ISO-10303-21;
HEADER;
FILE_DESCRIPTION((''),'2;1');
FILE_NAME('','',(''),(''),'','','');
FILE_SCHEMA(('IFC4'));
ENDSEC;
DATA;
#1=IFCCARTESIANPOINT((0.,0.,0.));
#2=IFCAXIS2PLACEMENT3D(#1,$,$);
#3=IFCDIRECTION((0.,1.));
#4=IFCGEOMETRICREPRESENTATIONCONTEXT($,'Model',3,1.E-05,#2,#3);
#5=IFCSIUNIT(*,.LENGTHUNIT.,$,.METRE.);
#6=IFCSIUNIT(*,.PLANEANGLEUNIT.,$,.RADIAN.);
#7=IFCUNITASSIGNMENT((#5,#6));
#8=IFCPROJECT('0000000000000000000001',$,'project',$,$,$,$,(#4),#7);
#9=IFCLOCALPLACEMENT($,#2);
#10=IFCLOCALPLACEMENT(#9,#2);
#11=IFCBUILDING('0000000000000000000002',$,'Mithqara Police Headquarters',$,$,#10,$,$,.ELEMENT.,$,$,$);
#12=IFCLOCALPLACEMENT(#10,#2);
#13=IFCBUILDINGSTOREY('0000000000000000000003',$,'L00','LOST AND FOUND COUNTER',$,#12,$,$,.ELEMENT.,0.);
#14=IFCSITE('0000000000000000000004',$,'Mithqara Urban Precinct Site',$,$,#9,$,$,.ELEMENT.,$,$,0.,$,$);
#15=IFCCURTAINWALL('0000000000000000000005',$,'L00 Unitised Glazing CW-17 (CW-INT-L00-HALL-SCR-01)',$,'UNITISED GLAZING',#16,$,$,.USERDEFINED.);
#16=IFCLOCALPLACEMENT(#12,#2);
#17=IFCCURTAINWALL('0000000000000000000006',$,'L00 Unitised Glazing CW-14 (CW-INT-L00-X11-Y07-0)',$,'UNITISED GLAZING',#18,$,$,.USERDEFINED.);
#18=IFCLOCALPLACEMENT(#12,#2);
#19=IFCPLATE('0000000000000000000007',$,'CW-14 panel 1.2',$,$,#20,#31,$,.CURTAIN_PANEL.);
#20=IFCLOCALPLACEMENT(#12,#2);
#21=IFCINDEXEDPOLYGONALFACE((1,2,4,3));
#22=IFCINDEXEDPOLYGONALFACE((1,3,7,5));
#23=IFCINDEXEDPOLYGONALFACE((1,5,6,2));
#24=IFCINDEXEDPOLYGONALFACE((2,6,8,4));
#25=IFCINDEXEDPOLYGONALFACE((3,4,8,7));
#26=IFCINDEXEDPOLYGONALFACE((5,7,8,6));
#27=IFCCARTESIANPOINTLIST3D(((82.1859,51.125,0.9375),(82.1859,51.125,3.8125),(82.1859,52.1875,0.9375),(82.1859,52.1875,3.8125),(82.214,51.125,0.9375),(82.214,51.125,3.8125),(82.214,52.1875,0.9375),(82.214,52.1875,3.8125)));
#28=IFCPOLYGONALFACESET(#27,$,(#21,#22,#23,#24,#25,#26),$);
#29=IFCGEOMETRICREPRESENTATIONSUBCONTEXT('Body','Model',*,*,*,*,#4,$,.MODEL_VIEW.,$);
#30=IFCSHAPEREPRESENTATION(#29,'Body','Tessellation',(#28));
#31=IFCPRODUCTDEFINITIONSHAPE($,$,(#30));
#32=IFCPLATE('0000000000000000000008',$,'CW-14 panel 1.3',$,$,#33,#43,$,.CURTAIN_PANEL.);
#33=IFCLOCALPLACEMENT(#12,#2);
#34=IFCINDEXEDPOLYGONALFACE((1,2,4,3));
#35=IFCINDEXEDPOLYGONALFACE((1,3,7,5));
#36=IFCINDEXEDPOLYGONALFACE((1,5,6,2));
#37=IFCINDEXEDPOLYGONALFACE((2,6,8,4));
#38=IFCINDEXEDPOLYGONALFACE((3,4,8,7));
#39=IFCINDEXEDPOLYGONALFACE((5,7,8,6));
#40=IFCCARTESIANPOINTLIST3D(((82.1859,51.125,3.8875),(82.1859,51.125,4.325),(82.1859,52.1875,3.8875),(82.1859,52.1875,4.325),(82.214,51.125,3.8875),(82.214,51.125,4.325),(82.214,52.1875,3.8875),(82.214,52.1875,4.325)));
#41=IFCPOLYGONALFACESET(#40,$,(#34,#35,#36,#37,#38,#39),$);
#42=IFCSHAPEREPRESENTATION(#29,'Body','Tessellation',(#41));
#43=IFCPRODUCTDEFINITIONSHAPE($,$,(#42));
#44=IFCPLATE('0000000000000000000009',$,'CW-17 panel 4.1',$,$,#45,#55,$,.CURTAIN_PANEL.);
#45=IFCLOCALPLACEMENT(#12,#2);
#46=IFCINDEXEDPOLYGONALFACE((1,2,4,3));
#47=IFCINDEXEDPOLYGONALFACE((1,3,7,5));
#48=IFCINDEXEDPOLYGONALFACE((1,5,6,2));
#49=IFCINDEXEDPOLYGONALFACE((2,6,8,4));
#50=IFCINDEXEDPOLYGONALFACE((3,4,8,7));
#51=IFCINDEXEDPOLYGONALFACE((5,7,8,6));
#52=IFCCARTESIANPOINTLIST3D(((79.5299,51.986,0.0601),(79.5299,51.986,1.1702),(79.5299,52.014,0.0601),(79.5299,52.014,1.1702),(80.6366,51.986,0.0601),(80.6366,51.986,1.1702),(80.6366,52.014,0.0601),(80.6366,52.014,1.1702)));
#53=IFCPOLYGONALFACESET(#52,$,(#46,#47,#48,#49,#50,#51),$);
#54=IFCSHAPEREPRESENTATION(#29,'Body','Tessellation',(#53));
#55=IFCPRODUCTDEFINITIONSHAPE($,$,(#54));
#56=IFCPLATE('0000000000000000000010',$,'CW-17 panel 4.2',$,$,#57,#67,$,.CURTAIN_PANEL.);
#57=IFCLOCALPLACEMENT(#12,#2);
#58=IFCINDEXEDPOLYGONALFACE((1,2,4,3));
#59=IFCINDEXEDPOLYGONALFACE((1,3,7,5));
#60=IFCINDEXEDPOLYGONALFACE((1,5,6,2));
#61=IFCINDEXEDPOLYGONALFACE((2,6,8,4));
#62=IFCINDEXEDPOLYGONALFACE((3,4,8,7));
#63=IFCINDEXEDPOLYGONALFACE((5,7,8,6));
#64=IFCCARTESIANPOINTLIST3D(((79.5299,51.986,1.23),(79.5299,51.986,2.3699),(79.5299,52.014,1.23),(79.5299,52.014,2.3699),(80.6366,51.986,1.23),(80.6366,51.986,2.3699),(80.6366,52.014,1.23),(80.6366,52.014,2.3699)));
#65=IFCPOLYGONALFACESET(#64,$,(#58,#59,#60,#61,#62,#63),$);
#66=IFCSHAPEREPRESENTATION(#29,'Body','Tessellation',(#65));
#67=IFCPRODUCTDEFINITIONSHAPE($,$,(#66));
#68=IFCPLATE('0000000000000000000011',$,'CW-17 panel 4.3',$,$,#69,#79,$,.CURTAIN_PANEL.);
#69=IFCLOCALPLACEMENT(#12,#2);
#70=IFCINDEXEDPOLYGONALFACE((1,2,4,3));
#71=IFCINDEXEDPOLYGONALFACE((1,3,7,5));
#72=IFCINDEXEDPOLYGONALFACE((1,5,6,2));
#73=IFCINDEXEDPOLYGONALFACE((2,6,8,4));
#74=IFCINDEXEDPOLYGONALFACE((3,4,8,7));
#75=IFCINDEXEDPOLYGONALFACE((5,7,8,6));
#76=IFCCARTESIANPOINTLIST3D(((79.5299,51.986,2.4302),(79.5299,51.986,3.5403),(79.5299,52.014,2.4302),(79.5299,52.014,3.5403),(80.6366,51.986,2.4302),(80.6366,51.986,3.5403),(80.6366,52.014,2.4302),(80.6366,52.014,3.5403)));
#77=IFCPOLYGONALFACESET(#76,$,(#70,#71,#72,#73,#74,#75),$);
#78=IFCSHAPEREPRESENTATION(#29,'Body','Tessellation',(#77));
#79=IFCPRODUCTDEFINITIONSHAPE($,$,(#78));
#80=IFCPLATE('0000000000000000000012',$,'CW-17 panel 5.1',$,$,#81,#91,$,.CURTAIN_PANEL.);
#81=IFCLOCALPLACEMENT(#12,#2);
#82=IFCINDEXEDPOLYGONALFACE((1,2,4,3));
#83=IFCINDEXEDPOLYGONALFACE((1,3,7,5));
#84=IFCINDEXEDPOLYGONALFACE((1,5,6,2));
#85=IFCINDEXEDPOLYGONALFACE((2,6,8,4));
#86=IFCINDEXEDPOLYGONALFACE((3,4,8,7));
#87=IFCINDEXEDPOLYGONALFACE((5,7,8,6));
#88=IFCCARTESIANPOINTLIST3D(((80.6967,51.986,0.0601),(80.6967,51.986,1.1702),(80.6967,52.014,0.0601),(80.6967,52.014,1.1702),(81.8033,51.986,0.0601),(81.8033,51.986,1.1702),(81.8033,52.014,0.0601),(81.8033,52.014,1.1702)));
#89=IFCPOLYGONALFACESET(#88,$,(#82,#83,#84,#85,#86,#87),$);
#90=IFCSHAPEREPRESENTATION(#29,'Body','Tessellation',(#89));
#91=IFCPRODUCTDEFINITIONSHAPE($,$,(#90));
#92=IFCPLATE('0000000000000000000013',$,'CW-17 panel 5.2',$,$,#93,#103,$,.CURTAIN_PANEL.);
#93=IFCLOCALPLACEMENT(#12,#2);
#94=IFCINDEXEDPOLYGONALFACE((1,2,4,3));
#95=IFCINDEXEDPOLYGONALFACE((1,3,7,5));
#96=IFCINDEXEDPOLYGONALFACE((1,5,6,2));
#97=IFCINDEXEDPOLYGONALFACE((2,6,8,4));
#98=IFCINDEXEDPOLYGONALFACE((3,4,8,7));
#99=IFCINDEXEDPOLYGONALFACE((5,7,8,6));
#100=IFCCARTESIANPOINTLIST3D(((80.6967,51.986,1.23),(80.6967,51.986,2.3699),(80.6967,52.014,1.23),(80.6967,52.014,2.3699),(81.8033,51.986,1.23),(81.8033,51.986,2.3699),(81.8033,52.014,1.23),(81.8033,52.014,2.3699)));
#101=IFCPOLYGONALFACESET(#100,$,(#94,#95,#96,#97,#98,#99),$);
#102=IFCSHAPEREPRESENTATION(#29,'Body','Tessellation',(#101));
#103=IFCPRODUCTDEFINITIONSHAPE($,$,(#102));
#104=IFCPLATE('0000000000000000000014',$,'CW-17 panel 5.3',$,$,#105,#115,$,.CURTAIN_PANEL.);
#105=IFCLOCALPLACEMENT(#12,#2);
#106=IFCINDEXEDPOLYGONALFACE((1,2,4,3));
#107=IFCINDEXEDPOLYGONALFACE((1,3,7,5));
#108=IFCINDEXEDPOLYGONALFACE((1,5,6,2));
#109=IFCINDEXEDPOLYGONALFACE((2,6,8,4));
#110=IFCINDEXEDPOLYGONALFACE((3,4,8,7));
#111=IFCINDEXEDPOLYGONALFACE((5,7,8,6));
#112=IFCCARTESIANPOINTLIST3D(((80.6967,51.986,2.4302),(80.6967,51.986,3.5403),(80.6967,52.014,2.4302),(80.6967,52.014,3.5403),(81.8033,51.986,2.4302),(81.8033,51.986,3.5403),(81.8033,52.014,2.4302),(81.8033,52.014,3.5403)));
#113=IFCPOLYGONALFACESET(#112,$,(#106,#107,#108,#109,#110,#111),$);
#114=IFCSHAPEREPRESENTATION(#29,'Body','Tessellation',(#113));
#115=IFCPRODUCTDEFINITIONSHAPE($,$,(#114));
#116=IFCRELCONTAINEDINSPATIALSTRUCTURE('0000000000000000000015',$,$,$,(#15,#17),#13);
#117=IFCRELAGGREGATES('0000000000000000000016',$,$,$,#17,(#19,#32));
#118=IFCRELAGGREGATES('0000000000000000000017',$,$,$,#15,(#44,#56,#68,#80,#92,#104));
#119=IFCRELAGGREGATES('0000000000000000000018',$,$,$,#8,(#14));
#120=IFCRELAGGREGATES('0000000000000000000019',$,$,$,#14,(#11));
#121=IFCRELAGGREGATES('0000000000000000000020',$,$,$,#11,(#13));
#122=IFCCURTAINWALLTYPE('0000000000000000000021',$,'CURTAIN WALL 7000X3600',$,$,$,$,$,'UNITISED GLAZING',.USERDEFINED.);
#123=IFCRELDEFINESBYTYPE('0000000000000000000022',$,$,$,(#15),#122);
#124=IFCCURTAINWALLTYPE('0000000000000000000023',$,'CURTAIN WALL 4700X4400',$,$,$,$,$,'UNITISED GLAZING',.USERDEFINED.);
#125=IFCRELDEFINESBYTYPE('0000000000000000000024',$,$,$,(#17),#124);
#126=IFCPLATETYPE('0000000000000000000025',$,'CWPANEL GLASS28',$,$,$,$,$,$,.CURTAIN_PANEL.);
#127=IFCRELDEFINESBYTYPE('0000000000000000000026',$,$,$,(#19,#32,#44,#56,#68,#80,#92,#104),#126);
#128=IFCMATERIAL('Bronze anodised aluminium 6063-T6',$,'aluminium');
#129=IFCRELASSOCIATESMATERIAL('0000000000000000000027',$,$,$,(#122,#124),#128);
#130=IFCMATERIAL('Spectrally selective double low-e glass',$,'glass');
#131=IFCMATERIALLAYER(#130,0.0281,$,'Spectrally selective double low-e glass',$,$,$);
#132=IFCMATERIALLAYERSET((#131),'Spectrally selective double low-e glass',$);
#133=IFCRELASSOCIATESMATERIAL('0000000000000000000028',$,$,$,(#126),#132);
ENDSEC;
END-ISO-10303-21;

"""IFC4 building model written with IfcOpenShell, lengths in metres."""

from ifc_helpers import new_model, si_unit, direction, frame, origin, origin_2d, place, context, subcontext, project, spatial, rectangle, extrude, material, layer, layer_set, type_object, element, aggregate, save


model = new_model("IFC4")

# Units and contexts
model_context = context("Model", 3, precision=1e-05, world=origin(), true_north=direction((0.0, 1.0)))
body_context = subcontext(model_context, "Body", "Model", "MODEL_VIEW")
ifc_project = project(units=[si_unit("LENGTHUNIT", "METRE"), si_unit("PLANEANGLEUNIT", "RADIAN")], contexts=[model_context])

# Site, building, storey
site_placement = place(None, origin())
site = spatial("IfcSite", under=ifc_project, at=site_placement, Name="Mithqara Urban Precinct Site", CompositionType="ELEMENT", RefElevation=0.0)
building_placement = place(site_placement, origin())
building = spatial("IfcBuilding", under=site, at=building_placement, Name="Mithqara Police Headquarters", CompositionType="ELEMENT")
storey_placement = place(building_placement, origin())
storey = spatial("IfcBuildingStorey", under=building, at=storey_placement, Name="L00", Description="LOST AND FOUND COUNTER", CompositionType="ELEMENT", Elevation=0.0)

# Curtain wall
ifc_material_1 = material(Name="Bronze anodised aluminium 6063-T6", Category="aluminium")
curtain_wall_type_1 = type_object("IfcCurtainWallType", Name="CURTAIN WALL 7000X3600", ElementType="UNITISED GLAZING", PredefinedType="USERDEFINED", material=ifc_material_1)
curtain_wall_1_placement = place(storey_placement, origin())
curtain_wall_1 = element("IfcCurtainWall", 1, at=curtain_wall_1_placement, inside=storey, type_object=curtain_wall_type_1, Name="L00 Unitised Glazing CW-17 (CW-INT-L00-HALL-SCR-01)", ObjectType="UNITISED GLAZING", PredefinedType="USERDEFINED")

# Shared definitions
curtain_wall_type_2 = type_object("IfcCurtainWallType", Name="CURTAIN WALL 4700X4400", ElementType="UNITISED GLAZING", PredefinedType="USERDEFINED", material=ifc_material_1)

# Curtain wall
curtain_wall_2_placement = place(storey_placement, origin())
curtain_wall_2 = element("IfcCurtainWall", 2, at=curtain_wall_2_placement, inside=storey, type_object=curtain_wall_type_2, Name="L00 Unitised Glazing CW-14 (CW-INT-L00-X11-Y07-0)", ObjectType="UNITISED GLAZING", PredefinedType="USERDEFINED")

# Plates
ifc_material_2 = material(Name="Spectrally selective double low-e glass", Category="glass")
ifc_layer = layer(ifc_material_2, 0.0281, Name="Spectrally selective double low-e glass")
ifc_layer_set = layer_set([ifc_layer], Name="Spectrally selective double low-e glass")
plate_type = type_object("IfcPlateType", Name="CWPANEL GLASS28", PredefinedType="CURTAIN_PANEL", material=ifc_layer_set)
plate_1_placement = place(storey_placement, frame((82.2, 51.6562, 0.9375), z_axis=(0.0, 0.0, 1.0), x_axis=(0.0, 1.0, 0.0)))
plate_1 = element("IfcPlate", 3, at=plate_1_placement, type_object=plate_type, Name="CW-14 panel 1.2", PredefinedType="CURTAIN_PANEL", context=body_context, shape_type="SweptSolid", body=[
    extrude(rectangle(XDim=1.0625, YDim=0.0281, at=origin_2d()), origin(), (0.0, 0.0, 1.0), 2.875),
])
plate_2_placement = place(storey_placement, frame((82.2, 51.6562, 3.8875), z_axis=(0.0, 0.0, 1.0), x_axis=(0.0, 1.0, 0.0)))
plate_2 = element("IfcPlate", 4, at=plate_2_placement, type_object=plate_type, Name="CW-14 panel 1.3", PredefinedType="CURTAIN_PANEL", context=body_context, shape_type="SweptSolid", body=[
    extrude(rectangle(XDim=1.0625, YDim=0.0281, at=origin_2d()), origin(), (0.0, 0.0, 1.0), 0.4375),
])
aggregate(curtain_wall_2, [plate_1, plate_2])
plate_3_placement = place(storey_placement, frame((80.0833, 52.0, 0.0601), z_axis=(0.0, 0.0, 1.0), x_axis=(1.0, 0.0, 0.0)))
plate_3 = element("IfcPlate", 5, at=plate_3_placement, type_object=plate_type, Name="CW-17 panel 4.1", PredefinedType="CURTAIN_PANEL", context=body_context, shape_type="SweptSolid", body=[
    extrude(rectangle(XDim=1.1067, YDim=0.0281, at=origin_2d()), origin(), (0.0, 0.0, 1.0), 1.1101),
])
plate_4_placement = place(storey_placement, frame((80.0833, 52.0, 1.23), z_axis=(0.0, 0.0, 1.0), x_axis=(1.0, 0.0, 0.0)))
plate_4 = element("IfcPlate", 6, at=plate_4_placement, type_object=plate_type, Name="CW-17 panel 4.2", PredefinedType="CURTAIN_PANEL", context=body_context, shape_type="SweptSolid", body=[
    extrude(rectangle(XDim=1.1067, YDim=0.0281, at=origin_2d()), origin(), (0.0, 0.0, 1.0), 1.1399),
])
plate_5_placement = place(storey_placement, frame((80.0833, 52.0, 2.4302), z_axis=(0.0, 0.0, 1.0), x_axis=(1.0, 0.0, 0.0)))
plate_5 = element("IfcPlate", 7, at=plate_5_placement, type_object=plate_type, Name="CW-17 panel 4.3", PredefinedType="CURTAIN_PANEL", context=body_context, shape_type="SweptSolid", body=[
    extrude(rectangle(XDim=1.1067, YDim=0.0281, at=origin_2d()), origin(), (0.0, 0.0, 1.0), 1.1101),
])
plate_6_placement = place(storey_placement, frame((81.25, 52.0, 0.0601), z_axis=(0.0, 0.0, 1.0), x_axis=(1.0, 0.0, 0.0)))
plate_6 = element("IfcPlate", 8, at=plate_6_placement, type_object=plate_type, Name="CW-17 panel 5.1", PredefinedType="CURTAIN_PANEL", context=body_context, shape_type="SweptSolid", body=[
    extrude(rectangle(XDim=1.1067, YDim=0.0281, at=origin_2d()), origin(), (0.0, 0.0, 1.0), 1.1101),
])
plate_7_placement = place(storey_placement, frame((81.25, 52.0, 1.23), z_axis=(0.0, 0.0, 1.0), x_axis=(1.0, 0.0, 0.0)))
plate_7 = element("IfcPlate", 9, at=plate_7_placement, type_object=plate_type, Name="CW-17 panel 5.2", PredefinedType="CURTAIN_PANEL", context=body_context, shape_type="SweptSolid", body=[
    extrude(rectangle(XDim=1.1067, YDim=0.0281, at=origin_2d()), origin(), (0.0, 0.0, 1.0), 1.1399),
])
plate_8_placement = place(storey_placement, frame((81.25, 52.0, 2.4302), z_axis=(0.0, 0.0, 1.0), x_axis=(1.0, 0.0, 0.0)))
plate_8 = element("IfcPlate", 10, at=plate_8_placement, type_object=plate_type, Name="CW-17 panel 5.3", PredefinedType="CURTAIN_PANEL", context=body_context, shape_type="SweptSolid", body=[
    extrude(rectangle(XDim=1.1067, YDim=0.0281, at=origin_2d()), origin(), (0.0, 0.0, 1.0), 1.1101),
])
aggregate(curtain_wall_1, [plate_3, plate_4, plate_5, plate_6, plate_7, plate_8])

save(model, "model.ifc")
